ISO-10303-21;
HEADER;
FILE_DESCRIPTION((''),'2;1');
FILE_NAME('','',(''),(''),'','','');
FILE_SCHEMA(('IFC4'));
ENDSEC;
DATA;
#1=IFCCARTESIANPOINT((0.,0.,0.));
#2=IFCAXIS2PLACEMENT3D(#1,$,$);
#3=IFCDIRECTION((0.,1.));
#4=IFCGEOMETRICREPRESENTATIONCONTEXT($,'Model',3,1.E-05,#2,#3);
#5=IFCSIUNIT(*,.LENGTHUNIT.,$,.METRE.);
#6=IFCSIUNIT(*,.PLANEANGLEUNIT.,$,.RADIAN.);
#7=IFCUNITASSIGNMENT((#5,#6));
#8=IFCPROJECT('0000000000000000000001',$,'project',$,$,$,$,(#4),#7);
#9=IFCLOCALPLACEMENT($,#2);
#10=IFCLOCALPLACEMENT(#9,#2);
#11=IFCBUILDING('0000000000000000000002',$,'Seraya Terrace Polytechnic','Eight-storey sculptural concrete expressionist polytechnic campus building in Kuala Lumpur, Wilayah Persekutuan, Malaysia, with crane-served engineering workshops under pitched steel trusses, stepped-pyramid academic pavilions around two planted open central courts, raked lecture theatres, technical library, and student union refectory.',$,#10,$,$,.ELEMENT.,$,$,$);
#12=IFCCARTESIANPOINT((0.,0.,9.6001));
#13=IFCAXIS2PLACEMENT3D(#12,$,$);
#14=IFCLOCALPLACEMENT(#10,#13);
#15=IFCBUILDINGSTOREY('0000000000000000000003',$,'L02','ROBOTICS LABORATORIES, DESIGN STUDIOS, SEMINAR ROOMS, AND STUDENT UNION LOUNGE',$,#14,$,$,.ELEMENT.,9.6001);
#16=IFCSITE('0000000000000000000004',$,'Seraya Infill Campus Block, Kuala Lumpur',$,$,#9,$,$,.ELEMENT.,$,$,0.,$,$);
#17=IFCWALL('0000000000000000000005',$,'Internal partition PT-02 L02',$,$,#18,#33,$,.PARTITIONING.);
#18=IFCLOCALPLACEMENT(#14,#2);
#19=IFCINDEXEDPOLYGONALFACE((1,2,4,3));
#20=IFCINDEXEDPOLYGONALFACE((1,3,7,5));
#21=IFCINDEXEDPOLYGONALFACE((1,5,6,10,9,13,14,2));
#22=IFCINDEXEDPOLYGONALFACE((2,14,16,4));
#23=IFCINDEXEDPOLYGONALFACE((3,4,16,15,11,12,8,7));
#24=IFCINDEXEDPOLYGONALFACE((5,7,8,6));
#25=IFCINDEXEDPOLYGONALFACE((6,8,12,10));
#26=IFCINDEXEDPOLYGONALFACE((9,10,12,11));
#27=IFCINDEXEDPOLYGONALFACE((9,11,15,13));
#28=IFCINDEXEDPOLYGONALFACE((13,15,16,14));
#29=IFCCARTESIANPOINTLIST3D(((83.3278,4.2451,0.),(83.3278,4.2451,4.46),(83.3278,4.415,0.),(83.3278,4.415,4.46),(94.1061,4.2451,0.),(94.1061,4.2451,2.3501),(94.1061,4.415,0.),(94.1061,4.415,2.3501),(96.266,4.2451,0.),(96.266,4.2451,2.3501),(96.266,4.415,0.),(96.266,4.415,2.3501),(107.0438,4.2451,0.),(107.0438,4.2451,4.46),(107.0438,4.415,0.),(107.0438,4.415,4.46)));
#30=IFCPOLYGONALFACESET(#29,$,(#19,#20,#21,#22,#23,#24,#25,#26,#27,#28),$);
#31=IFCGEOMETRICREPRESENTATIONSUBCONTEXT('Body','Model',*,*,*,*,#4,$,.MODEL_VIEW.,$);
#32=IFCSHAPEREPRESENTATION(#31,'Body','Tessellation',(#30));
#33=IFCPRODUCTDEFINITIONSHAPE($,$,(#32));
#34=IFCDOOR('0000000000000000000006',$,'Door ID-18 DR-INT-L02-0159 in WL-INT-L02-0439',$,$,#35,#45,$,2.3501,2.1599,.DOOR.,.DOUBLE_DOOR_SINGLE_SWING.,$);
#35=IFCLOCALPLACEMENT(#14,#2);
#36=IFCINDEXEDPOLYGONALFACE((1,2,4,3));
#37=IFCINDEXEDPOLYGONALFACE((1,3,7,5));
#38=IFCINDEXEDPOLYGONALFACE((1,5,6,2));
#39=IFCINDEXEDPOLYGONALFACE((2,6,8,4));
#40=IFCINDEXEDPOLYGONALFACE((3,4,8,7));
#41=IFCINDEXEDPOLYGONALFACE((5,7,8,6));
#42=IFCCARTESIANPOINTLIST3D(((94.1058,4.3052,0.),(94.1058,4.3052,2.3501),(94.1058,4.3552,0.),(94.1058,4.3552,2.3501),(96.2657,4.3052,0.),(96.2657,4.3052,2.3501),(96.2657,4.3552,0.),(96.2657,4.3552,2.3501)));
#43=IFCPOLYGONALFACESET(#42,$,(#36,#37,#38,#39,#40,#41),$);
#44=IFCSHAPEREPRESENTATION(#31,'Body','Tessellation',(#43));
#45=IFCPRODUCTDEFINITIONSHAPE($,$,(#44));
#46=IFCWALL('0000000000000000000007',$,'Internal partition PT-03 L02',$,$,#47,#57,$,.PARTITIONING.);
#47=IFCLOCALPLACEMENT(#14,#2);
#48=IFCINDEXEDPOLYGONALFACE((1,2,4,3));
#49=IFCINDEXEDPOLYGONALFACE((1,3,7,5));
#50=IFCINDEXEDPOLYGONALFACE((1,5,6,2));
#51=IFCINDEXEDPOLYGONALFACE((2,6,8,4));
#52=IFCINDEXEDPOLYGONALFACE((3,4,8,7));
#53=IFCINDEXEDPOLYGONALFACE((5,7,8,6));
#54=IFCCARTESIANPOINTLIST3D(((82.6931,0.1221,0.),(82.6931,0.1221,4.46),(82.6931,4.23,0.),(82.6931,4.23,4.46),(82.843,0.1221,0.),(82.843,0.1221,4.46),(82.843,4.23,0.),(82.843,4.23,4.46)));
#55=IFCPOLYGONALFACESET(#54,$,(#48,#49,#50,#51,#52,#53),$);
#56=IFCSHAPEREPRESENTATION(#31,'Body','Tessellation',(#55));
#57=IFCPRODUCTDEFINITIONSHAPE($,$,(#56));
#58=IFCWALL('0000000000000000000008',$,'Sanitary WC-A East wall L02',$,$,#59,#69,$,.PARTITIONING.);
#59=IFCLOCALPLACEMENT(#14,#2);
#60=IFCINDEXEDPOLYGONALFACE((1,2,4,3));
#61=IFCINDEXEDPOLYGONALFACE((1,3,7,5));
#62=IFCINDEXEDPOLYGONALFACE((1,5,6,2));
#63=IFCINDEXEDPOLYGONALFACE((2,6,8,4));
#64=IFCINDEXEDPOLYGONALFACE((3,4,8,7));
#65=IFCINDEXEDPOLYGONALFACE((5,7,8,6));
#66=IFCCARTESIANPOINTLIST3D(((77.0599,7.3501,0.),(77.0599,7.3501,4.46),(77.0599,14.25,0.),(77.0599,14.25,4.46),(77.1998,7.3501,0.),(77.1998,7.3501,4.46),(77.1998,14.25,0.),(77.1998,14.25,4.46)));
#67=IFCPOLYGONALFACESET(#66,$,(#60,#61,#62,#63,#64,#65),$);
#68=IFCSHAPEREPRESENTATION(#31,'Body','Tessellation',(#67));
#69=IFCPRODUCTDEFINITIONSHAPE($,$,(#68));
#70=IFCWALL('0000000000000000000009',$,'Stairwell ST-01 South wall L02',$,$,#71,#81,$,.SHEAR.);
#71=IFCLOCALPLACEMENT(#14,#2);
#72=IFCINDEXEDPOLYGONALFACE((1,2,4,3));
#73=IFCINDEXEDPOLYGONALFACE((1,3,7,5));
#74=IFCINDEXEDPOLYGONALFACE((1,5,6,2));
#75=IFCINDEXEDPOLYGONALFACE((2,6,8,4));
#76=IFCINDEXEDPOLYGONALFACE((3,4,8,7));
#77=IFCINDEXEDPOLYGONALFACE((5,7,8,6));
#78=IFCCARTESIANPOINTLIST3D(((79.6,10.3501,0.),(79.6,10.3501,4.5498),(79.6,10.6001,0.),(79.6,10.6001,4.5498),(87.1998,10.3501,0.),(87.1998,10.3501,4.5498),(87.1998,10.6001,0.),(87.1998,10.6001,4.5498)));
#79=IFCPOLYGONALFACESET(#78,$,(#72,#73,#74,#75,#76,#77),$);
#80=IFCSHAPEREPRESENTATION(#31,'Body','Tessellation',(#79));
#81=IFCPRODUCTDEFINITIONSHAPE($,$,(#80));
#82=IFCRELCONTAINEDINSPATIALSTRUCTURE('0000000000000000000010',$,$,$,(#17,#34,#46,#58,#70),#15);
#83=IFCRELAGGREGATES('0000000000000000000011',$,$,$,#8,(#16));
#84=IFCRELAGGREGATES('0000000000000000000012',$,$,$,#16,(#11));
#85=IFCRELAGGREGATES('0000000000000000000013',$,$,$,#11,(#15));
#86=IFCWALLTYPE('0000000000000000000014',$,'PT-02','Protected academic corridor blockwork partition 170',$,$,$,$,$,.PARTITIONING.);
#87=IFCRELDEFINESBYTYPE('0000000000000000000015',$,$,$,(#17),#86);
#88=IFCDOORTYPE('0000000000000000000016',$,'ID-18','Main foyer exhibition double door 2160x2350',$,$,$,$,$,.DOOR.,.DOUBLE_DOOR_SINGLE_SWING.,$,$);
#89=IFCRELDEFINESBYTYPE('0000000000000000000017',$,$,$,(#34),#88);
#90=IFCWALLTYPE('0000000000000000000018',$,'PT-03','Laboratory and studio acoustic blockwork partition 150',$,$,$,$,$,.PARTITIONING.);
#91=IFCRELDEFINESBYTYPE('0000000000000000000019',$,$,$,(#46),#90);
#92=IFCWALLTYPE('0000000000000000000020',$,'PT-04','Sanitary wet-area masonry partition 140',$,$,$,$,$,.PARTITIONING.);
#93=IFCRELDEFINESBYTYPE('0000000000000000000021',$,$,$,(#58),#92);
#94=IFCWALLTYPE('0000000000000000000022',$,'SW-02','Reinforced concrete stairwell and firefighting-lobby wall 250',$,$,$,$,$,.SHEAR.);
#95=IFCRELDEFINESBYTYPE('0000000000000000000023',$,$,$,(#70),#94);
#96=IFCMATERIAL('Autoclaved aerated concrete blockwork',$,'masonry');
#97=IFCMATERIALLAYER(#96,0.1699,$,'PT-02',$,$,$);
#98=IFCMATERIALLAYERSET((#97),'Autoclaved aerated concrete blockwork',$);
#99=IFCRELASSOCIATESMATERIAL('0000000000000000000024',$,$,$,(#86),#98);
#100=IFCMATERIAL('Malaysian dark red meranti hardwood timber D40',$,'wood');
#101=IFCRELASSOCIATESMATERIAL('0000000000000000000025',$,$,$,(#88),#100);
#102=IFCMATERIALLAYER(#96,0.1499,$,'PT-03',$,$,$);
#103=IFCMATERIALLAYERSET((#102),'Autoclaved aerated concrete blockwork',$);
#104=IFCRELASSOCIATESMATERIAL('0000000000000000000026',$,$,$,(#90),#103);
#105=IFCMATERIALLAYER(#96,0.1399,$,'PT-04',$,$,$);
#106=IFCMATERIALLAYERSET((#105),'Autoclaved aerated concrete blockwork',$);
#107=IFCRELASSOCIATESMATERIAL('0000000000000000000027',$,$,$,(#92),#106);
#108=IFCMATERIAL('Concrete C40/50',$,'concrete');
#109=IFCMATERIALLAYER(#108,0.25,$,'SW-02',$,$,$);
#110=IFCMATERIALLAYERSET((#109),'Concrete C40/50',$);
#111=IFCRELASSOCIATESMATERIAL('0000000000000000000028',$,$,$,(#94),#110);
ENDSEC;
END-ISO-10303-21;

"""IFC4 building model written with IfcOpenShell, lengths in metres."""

from ifc_helpers import new_model, si_unit, direction, frame, frame_2d, origin, place, context, subcontext, project, spatial, rectangle, extrude, material, layer, layer_set, type_object, element, fill, save


model = new_model("IFC4")

# Units and contexts
model_context = context("Model", 3, precision=1e-05, world=origin(), true_north=direction((0.0, 1.0)))
body_context = subcontext(model_context, "Body", "Model", "MODEL_VIEW")
ifc_project = project(units=[si_unit("LENGTHUNIT", "METRE"), si_unit("PLANEANGLEUNIT", "RADIAN")], contexts=[model_context])

# Site, building, storey
site_placement = place(None, origin())
site = spatial("IfcSite", under=ifc_project, at=site_placement, Name="Seraya Infill Campus Block, Kuala Lumpur", CompositionType="ELEMENT", RefElevation=0.0)
building_placement = place(site_placement, origin())
building = spatial("IfcBuilding", under=site, at=building_placement, Name="Seraya Terrace Polytechnic", Description="Eight-storey sculptural concrete expressionist polytechnic campus building in Kuala Lumpur, Wilayah Persekutuan, Malaysia, with crane-served engineering workshops under pitched steel trusses, stepped-pyramid academic pavilions around two planted open central courts, raked lecture theatres, technical library, and student union refectory.", CompositionType="ELEMENT")
storey_placement = place(building_placement, frame((0.0, 0.0, 9.6001)))
storey = spatial("IfcBuildingStorey", under=building, at=storey_placement, Name="L02", Description="ROBOTICS LABORATORIES, DESIGN STUDIOS, SEMINAR ROOMS, AND STUDENT UNION LOUNGE", CompositionType="ELEMENT", Elevation=9.6001)

# Shared definitions
ifc_material_1 = material(Name="Concrete C40/50", Category="concrete")

# Shared definitions
ifc_material_2 = material(Name="Autoclaved aerated concrete blockwork", Category="masonry")
ifc_layer_1 = layer(ifc_material_2, 0.1699, Name="PT-02")
ifc_layer_set_1 = layer_set([ifc_layer_1], Name="Autoclaved aerated concrete blockwork")
wall_type_1 = type_object("IfcWallType", Name="PT-02", Description="Protected academic corridor blockwork partition 170", PredefinedType="PARTITIONING", material=ifc_layer_set_1)
ifc_material_3 = material(Name="Malaysian dark red meranti hardwood timber D40", Category="wood")

# Wall, opening, door
wall_1_placement = place(storey_placement, frame((83.3279, 4.3301, 0.0), z_axis=(0.0, 0.0, 1.0), x_axis=(1.0, 0.0, 0.0)))
wall_1 = element("IfcWall", 1, at=wall_1_placement, inside=storey, type_object=wall_type_1, Name="Internal partition PT-02 L02", PredefinedType="PARTITIONING", context=body_context, shape_type="SweptSolid", body=[
    extrude(rectangle(XDim=23.7161, YDim=0.1699, at=frame_2d((11.8579, 0.0))), origin(), (0.0, 0.0, 1.0), 4.46),
])
opening_1_placement = place(wall_1_placement, frame((10.7781, 0.0, 0.0)))
opening_1 = element("IfcOpeningElement", 2, at=opening_1_placement, cuts=wall_1, PredefinedType="OPENING", context=body_context, shape_type="SweptSolid", body=[
    extrude(rectangle(XDim=2.1599, YDim=2.3501, at=frame_2d((1.0801, 1.175))), frame((0.0, 0.0969, 0.0), z_axis=(0.0, -1.0, 0.0), x_axis=(1.0, 0.0, 0.0)), (0.0, 0.0, 1.0), 0.1938),
])
door_type_1 = type_object("IfcDoorType", Name="ID-18", Description="Main foyer exhibition double door 2160x2350", OperationType="DOUBLE_DOOR_SINGLE_SWING", PredefinedType="DOOR", material=ifc_material_3)
door_1_placement = place(opening_1_placement, frame((2.1599, 0.0, 0.0), z_axis=(0.0, 0.0, 1.0), x_axis=(-1.0, 0.0, 0.0)))
door_1 = element("IfcDoor", 3, at=door_1_placement, inside=storey, type_object=door_type_1, Name="Door ID-18 DR-INT-L02-0159 in WL-INT-L02-0439", OperationType="DOUBLE_DOOR_SINGLE_SWING", OverallHeight=2.3501, OverallWidth=2.1599, PredefinedType="DOOR", context=body_context, shape_type="SweptSolid", body=[
    extrude(rectangle(XDim=2.1599, YDim=2.3501, at=frame_2d((1.0801, 1.175))), frame((0.0, 0.0249, 0.0), z_axis=(0.0, -1.0, 0.0), x_axis=(1.0, 0.0, 0.0)), (0.0, 0.0, 1.0), 0.05),
])
fill(opening_1, door_1)

# Walls
ifc_layer_2 = layer(ifc_material_2, 0.1499, Name="PT-03")
ifc_layer_set_2 = layer_set([ifc_layer_2], Name="Autoclaved aerated concrete blockwork")
wall_type_2 = type_object("IfcWallType", Name="PT-03", Description="Laboratory and studio acoustic blockwork partition 150", PredefinedType="PARTITIONING", material=ifc_layer_set_2)
wall_2_placement = place(storey_placement, frame((82.7681, 0.1221, 0.0), z_axis=(0.0, 0.0, 1.0), x_axis=(0.0, 1.0, 0.0)))
element("IfcWall", 4, at=wall_2_placement, inside=storey, type_object=wall_type_2, Name="Internal partition PT-03 L02", PredefinedType="PARTITIONING", context=body_context, shape_type="SweptSolid", body=[
    extrude(rectangle(XDim=4.1079, YDim=0.1499, at=frame_2d((2.054, 0.0))), origin(), (0.0, 0.0, 1.0), 4.46),
])
ifc_layer_3 = layer(ifc_material_2, 0.1399, Name="PT-04")
ifc_layer_set_3 = layer_set([ifc_layer_3], Name="Autoclaved aerated concrete blockwork")
wall_type_3 = type_object("IfcWallType", Name="PT-04", Description="Sanitary wet-area masonry partition 140", PredefinedType="PARTITIONING", material=ifc_layer_set_3)
wall_3_placement = place(storey_placement, frame((77.1299, 7.3501, 0.0), z_axis=(0.0, 0.0, 1.0), x_axis=(0.0, 1.0, 0.0)))
element("IfcWall", 5, at=wall_3_placement, inside=storey, type_object=wall_type_3, Name="Sanitary WC-A East wall L02", PredefinedType="PARTITIONING", context=body_context, shape_type="SweptSolid", body=[
    extrude(rectangle(XDim=6.8999, YDim=0.1399, at=frame_2d((3.45, 0.0))), origin(), (0.0, 0.0, 1.0), 4.46),
])

# Shared definitions
ifc_layer_4 = layer(ifc_material_1, 0.25, Name="SW-02")
ifc_layer_set_4 = layer_set([ifc_layer_4], Name="Concrete C40/50")
wall_type_4 = type_object("IfcWallType", Name="SW-02", Description="Reinforced concrete stairwell and firefighting-lobby wall 250", PredefinedType="SHEAR", material=ifc_layer_set_4)

# Wall
wall_4_placement = place(storey_placement, frame((79.6001, 10.4751, 0.0), z_axis=(0.0, 0.0, 1.0), x_axis=(1.0, 0.0, 0.0)))
element("IfcWall", 6, at=wall_4_placement, inside=storey, type_object=wall_type_4, Name="Stairwell ST-01 South wall L02", PredefinedType="SHEAR", context=body_context, shape_type="SweptSolid", body=[
    extrude(rectangle(XDim=7.5999, YDim=0.25, at=frame_2d((3.7998, 0.0))), origin(), (0.0, 0.0, 1.0), 4.5498),
])

save(model, "model.ifc")
